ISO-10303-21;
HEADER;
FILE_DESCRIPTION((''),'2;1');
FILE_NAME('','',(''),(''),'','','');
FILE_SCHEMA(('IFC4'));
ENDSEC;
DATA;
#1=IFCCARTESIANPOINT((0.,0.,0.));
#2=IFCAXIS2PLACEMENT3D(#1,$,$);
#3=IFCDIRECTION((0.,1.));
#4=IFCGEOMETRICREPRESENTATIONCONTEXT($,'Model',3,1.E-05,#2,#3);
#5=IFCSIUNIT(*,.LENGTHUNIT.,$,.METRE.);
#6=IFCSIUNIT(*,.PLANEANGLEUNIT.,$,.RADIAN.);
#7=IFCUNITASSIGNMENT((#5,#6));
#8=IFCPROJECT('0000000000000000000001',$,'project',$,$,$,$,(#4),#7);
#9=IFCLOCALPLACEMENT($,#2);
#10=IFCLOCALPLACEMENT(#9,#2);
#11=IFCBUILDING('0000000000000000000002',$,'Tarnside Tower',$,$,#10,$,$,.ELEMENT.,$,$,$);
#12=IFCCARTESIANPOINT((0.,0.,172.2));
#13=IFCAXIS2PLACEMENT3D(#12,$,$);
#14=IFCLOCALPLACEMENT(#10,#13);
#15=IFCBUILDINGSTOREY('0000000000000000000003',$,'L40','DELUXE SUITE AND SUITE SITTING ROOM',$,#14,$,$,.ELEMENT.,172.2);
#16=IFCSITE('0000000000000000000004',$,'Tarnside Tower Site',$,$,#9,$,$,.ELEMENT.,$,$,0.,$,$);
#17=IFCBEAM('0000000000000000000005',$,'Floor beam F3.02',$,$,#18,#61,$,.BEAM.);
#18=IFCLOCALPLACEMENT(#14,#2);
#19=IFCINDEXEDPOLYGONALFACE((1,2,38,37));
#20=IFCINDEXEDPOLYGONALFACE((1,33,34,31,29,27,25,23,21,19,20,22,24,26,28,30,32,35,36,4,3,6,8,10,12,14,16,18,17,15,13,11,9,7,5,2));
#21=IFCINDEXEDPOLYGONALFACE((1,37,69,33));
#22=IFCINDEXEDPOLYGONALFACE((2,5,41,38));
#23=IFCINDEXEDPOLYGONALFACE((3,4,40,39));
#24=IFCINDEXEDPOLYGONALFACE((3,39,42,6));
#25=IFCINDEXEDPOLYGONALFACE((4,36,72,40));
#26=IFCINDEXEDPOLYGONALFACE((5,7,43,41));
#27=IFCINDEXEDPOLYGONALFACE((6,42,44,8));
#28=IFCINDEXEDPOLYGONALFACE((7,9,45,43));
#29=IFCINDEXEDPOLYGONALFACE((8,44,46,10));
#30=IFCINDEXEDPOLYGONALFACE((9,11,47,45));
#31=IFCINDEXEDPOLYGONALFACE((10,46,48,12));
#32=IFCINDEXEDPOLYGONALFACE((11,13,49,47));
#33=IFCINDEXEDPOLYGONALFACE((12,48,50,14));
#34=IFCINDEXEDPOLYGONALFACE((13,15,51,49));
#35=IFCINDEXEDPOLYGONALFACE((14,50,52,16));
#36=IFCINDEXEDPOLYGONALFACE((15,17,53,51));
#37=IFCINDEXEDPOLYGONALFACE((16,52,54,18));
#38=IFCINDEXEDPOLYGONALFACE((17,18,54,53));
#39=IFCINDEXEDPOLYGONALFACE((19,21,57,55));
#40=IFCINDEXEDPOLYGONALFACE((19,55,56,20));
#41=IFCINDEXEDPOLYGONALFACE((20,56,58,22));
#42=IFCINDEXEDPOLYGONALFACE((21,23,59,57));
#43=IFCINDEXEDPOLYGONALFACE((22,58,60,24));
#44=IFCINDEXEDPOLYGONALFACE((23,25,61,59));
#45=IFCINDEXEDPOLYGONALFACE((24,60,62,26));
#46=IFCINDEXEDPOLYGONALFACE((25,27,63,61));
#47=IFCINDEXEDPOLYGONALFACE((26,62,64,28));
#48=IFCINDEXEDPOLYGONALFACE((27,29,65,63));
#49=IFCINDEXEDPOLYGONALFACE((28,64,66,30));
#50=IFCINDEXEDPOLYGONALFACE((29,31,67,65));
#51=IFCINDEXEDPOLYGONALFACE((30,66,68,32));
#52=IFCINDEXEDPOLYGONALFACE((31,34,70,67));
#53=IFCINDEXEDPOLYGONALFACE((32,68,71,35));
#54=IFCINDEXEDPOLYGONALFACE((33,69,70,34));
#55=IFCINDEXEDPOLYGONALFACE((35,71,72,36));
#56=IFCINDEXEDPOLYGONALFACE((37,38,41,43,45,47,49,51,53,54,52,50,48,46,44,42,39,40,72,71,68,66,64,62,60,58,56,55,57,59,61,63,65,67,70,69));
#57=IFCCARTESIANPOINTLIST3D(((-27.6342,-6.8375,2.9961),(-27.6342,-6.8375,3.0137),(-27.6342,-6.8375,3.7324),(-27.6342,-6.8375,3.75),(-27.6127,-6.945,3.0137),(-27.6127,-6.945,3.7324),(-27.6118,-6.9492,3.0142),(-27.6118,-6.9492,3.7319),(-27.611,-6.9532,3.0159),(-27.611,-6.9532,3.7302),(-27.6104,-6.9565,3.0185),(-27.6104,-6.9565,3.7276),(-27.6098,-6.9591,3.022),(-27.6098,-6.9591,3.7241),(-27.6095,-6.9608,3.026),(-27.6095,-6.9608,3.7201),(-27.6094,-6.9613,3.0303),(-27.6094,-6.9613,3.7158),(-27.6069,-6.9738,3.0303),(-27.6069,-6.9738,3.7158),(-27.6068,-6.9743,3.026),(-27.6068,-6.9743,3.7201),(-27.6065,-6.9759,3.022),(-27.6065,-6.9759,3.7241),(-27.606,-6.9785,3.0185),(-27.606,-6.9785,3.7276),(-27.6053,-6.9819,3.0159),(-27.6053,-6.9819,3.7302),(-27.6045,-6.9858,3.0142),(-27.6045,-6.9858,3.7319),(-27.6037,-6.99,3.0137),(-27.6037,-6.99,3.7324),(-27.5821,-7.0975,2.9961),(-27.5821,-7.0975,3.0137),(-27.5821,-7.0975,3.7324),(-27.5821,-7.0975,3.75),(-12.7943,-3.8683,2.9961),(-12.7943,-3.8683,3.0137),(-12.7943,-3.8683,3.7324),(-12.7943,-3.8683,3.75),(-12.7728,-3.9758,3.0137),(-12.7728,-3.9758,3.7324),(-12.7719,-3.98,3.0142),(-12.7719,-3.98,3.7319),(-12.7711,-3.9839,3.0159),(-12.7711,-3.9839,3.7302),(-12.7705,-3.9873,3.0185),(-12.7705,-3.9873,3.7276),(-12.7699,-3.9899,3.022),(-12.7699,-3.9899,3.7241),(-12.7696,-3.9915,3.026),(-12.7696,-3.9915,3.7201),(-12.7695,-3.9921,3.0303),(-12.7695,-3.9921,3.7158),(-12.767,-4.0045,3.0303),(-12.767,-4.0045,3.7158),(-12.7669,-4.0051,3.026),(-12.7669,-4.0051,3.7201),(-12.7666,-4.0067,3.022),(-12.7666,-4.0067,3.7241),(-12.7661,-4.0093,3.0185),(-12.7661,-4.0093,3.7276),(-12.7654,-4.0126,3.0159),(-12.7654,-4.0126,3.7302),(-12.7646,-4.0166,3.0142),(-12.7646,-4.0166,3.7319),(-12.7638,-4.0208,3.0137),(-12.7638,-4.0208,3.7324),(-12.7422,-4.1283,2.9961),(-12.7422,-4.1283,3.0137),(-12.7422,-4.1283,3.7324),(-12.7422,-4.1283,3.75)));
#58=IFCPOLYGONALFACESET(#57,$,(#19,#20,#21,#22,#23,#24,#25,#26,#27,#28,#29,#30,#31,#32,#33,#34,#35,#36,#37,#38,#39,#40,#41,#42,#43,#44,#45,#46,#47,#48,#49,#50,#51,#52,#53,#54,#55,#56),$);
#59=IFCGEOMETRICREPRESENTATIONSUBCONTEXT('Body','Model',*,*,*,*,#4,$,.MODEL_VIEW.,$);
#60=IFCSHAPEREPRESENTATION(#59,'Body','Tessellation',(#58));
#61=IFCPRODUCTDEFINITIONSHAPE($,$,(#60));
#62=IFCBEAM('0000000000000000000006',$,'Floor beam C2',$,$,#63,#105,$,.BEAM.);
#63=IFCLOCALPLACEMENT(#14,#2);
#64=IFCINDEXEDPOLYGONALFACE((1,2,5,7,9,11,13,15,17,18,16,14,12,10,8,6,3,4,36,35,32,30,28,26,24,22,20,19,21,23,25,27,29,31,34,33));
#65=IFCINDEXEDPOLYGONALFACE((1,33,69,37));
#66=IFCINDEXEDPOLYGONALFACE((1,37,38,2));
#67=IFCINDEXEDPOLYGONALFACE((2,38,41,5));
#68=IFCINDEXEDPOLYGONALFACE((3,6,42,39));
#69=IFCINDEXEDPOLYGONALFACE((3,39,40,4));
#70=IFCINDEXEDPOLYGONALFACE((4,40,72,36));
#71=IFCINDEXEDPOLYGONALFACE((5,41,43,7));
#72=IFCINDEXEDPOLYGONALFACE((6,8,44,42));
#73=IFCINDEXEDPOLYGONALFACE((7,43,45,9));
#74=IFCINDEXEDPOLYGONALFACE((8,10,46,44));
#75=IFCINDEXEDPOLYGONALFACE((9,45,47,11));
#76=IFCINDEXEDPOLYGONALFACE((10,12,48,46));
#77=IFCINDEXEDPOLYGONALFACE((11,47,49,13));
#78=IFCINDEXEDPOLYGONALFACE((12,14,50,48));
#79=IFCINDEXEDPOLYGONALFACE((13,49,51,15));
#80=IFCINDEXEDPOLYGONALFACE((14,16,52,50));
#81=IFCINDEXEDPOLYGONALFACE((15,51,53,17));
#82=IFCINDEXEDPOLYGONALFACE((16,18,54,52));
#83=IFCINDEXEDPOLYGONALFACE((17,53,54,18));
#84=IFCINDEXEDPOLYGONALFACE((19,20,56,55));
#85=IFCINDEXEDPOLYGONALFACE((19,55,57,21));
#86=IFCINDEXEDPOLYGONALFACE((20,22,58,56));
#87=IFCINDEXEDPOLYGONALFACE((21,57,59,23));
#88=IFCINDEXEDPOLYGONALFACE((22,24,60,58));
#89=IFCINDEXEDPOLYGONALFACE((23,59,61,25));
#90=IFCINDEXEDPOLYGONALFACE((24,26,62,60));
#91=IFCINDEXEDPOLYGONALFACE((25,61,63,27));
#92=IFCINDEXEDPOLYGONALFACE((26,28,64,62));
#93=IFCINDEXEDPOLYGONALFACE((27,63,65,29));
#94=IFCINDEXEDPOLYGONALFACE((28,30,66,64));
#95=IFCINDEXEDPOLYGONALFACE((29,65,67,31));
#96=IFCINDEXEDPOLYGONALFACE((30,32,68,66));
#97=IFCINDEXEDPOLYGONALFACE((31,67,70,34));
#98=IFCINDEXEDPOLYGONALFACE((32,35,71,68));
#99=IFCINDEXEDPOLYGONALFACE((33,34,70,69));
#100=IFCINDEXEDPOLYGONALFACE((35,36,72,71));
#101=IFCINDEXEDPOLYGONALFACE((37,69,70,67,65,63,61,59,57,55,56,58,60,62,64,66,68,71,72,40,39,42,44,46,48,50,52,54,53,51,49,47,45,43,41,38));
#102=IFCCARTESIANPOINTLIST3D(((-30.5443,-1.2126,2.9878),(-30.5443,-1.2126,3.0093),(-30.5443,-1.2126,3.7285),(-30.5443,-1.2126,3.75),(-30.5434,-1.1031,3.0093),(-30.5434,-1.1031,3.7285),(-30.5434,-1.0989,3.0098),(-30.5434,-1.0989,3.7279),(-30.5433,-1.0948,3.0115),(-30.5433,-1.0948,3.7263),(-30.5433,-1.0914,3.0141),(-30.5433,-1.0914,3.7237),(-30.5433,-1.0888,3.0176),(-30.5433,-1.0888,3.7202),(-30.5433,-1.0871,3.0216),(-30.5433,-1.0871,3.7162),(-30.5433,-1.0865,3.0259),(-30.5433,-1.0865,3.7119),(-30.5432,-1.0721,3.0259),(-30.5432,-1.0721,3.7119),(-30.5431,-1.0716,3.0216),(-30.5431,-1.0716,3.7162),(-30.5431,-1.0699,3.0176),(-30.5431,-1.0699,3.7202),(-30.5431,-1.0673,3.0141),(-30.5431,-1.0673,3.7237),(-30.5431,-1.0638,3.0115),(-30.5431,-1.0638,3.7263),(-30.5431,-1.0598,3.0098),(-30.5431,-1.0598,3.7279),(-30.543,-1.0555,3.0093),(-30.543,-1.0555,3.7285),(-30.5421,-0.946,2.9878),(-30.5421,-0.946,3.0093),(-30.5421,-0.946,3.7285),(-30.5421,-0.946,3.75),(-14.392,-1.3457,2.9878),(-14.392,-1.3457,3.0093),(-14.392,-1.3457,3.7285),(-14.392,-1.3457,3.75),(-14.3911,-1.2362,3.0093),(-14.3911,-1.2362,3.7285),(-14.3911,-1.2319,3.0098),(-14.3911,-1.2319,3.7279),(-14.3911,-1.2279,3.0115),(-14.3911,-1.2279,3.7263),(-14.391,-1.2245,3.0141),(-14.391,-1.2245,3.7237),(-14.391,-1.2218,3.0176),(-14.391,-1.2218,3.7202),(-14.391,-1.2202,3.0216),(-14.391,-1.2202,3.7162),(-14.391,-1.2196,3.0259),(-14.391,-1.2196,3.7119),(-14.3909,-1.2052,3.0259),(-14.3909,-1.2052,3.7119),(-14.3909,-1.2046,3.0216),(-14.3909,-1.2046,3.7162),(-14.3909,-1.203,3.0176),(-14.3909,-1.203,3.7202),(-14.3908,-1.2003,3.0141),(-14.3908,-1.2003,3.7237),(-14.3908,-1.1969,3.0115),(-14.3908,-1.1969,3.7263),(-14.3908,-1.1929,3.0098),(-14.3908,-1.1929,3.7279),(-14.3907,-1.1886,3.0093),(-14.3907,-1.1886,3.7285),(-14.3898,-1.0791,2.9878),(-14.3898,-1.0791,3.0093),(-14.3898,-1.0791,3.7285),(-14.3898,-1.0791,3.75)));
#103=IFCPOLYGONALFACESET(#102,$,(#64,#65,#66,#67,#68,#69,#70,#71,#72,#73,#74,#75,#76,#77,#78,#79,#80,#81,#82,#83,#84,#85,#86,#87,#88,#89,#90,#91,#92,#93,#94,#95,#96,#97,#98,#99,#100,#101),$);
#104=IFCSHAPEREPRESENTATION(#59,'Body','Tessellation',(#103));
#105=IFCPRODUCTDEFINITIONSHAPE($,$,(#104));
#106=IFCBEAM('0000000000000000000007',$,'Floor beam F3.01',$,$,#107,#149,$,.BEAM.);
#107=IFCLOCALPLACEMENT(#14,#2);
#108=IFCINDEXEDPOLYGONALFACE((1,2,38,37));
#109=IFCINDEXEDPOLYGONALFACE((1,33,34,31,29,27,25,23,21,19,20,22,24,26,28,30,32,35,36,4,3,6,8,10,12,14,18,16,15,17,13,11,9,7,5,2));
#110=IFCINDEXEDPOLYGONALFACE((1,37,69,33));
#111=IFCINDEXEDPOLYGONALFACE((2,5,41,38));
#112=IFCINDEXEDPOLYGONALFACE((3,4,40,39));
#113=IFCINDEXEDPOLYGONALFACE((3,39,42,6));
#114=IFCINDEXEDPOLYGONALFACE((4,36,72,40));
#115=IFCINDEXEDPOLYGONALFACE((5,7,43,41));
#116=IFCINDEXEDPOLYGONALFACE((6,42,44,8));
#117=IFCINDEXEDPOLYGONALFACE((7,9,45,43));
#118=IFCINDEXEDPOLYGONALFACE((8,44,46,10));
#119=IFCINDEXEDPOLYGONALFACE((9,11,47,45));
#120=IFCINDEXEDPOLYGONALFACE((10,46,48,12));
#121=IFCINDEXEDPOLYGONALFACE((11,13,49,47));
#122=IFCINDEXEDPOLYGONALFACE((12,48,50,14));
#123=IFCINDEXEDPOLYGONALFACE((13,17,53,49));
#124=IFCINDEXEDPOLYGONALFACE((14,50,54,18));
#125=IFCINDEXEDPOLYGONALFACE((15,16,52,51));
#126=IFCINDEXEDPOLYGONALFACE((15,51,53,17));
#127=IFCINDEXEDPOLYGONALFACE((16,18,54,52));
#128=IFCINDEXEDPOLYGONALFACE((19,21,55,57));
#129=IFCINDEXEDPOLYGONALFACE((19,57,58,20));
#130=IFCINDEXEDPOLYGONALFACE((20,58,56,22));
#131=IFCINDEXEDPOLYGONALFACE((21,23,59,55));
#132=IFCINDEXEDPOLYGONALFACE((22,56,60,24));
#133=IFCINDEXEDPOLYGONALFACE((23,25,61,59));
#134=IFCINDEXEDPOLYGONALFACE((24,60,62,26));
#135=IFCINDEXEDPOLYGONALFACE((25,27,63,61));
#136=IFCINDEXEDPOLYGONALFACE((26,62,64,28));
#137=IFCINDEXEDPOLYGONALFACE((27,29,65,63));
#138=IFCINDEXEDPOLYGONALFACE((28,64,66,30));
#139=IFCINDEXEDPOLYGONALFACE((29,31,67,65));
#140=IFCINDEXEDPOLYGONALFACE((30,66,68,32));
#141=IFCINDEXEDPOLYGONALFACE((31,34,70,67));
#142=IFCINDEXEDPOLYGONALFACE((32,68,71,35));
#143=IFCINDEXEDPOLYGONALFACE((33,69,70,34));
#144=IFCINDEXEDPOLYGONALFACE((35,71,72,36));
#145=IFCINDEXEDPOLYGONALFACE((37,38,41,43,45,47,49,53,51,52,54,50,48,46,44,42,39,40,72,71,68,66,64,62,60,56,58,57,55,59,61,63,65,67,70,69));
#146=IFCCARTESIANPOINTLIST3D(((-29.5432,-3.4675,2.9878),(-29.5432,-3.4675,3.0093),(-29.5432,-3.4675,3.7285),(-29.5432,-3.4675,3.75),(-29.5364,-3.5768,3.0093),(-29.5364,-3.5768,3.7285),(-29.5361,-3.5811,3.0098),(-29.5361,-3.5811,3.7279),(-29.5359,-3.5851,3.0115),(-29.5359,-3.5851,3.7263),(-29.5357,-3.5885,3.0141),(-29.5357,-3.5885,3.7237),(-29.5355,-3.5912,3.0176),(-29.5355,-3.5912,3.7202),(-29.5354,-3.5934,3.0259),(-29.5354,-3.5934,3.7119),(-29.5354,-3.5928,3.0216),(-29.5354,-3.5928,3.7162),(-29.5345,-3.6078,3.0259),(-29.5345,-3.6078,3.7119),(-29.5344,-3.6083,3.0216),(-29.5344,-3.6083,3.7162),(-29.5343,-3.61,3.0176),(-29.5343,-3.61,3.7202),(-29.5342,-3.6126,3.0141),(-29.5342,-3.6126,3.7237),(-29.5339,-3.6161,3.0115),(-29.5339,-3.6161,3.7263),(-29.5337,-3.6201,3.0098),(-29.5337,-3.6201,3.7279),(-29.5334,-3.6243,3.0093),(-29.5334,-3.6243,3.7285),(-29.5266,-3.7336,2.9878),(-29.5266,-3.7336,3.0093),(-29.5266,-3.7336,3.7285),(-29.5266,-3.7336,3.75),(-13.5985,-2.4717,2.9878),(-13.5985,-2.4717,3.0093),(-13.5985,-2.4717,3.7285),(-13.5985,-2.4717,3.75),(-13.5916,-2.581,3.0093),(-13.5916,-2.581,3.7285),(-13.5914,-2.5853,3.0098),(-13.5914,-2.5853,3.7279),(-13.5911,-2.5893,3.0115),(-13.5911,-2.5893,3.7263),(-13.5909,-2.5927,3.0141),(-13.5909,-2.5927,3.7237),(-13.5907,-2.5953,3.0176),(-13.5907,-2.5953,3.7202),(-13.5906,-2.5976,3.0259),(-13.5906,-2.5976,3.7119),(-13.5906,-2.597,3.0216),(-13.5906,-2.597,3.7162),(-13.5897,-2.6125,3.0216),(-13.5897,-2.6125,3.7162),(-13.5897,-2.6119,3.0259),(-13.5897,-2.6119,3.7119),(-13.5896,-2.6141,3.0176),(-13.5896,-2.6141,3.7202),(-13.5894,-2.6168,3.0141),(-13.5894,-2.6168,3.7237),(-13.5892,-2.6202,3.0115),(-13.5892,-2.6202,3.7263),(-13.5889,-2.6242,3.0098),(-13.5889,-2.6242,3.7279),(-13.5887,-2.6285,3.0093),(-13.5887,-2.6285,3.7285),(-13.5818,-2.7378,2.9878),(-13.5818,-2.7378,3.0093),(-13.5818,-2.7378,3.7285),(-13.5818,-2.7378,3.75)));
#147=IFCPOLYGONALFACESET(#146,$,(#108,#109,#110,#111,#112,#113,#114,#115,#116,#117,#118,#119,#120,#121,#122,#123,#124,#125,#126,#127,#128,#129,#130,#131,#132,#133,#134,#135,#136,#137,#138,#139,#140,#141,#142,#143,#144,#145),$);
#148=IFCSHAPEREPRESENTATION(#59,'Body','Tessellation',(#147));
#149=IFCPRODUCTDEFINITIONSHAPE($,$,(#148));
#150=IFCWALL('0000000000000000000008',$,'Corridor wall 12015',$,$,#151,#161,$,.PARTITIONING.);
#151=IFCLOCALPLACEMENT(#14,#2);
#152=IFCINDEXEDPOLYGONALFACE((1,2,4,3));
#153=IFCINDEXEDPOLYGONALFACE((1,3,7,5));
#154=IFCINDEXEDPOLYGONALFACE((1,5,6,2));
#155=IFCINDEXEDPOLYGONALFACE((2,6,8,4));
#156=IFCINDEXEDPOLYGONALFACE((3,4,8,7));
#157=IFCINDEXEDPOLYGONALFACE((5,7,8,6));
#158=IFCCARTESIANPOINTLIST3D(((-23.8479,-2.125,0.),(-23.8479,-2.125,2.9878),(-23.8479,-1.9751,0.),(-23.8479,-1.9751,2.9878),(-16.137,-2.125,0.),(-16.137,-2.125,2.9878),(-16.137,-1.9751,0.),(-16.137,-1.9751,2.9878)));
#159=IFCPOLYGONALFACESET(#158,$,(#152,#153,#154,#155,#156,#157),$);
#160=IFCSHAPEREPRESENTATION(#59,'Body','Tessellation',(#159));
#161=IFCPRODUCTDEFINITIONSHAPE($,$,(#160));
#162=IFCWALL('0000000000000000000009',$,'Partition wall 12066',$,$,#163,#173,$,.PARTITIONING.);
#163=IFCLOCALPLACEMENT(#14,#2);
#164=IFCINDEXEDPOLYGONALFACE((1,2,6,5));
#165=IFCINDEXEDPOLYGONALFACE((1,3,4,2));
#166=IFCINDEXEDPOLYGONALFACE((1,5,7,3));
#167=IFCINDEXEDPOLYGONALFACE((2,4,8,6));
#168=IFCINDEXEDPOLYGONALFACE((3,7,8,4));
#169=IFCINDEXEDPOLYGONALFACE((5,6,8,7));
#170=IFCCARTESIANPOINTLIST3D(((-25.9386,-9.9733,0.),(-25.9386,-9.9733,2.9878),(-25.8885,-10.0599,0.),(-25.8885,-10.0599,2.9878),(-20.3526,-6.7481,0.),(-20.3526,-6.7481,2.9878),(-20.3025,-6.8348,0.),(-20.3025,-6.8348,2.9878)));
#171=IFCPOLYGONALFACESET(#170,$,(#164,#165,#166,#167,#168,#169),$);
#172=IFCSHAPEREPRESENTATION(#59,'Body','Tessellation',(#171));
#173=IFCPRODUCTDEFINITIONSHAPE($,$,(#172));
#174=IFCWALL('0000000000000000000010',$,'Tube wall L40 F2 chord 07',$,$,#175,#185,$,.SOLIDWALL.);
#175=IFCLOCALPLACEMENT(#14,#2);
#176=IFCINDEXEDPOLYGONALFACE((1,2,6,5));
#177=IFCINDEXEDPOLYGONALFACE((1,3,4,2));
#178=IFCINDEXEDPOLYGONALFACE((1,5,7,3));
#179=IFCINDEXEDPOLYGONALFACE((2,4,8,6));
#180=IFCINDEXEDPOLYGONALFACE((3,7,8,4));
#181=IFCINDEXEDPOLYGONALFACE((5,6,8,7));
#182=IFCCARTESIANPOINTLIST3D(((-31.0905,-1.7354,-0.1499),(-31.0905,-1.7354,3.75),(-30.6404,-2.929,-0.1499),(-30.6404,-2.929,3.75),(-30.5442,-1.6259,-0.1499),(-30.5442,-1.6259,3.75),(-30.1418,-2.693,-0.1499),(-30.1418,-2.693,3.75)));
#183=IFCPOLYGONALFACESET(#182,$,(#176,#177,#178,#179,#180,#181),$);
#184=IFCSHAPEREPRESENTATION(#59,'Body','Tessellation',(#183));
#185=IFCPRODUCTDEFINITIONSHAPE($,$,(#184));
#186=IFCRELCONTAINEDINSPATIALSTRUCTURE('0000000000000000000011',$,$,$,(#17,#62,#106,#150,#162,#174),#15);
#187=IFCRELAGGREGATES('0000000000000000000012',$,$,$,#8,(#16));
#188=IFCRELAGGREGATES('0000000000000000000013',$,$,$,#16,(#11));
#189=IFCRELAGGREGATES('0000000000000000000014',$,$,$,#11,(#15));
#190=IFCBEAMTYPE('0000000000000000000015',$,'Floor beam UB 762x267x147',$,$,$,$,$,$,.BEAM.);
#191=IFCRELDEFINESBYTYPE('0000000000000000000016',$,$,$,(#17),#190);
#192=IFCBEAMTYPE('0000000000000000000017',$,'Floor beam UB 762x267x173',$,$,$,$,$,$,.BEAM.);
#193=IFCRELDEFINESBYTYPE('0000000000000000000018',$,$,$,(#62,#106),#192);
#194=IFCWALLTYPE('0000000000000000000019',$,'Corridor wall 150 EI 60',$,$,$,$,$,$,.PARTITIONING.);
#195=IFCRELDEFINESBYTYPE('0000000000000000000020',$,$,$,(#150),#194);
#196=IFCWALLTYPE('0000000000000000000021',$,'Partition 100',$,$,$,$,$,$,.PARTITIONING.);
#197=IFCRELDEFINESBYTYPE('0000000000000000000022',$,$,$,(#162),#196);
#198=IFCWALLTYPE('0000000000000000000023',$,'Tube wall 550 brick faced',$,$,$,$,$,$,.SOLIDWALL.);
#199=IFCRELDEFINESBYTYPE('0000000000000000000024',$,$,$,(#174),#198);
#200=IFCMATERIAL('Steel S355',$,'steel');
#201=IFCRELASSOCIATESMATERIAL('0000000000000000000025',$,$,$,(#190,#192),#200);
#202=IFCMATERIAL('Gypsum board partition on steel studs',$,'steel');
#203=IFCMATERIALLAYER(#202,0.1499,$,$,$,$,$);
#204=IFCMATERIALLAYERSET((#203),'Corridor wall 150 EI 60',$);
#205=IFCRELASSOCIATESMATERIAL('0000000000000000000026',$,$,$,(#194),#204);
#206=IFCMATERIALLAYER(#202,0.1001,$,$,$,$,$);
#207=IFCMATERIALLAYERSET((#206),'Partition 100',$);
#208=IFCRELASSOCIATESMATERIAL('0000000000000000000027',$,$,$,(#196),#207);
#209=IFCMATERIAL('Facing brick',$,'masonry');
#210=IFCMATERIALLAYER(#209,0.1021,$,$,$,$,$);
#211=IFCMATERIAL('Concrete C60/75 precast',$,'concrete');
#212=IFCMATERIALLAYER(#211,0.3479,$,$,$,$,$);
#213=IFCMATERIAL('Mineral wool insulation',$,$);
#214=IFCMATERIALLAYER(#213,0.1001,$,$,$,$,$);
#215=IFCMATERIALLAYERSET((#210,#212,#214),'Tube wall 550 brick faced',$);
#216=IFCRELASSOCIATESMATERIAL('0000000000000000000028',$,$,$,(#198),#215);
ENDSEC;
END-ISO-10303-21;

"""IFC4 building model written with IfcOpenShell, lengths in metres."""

from ifc_helpers import new_model, si_unit, direction, frame, frame_2d, origin, origin_2d, place, context, subcontext, project, spatial, polyline, rectangle, i_section, outline, extrude, material, layer, layer_set, material_profile, profile_set, type_object, element, save


model = new_model("IFC4")

# Units and contexts
model_context = context("Model", 3, precision=1e-05, world=origin(), true_north=direction((0.0, 1.0)))
body_context = subcontext(model_context, "Body", "Model", "MODEL_VIEW")
ifc_project = project(units=[si_unit("LENGTHUNIT", "METRE"), si_unit("PLANEANGLEUNIT", "RADIAN")], contexts=[model_context])

# Site, building, storey
site_placement = place(None, origin())
site = spatial("IfcSite", under=ifc_project, at=site_placement, Name="Tarnside Tower Site", CompositionType="ELEMENT", RefElevation=0.0)
building_placement = place(site_placement, origin())
building = spatial("IfcBuilding", under=site, at=building_placement, Name="Tarnside Tower", CompositionType="ELEMENT")
storey_placement = place(building_placement, frame((0.0, 0.0, 172.2)))
storey = spatial("IfcBuildingStorey", under=building, at=storey_placement, Name="L40", Description="DELUXE SUITE AND SUITE SITTING ROOM", CompositionType="ELEMENT", Elevation=172.2)

# Beams
ifc_material_1 = material(Name="Steel S355", Category="steel")
ifc_material_profile_1 = material_profile(ifc_material_1, i_section(OverallWidth=0.2651, OverallDepth=0.7539, WebThickness=0.0127, FlangeThickness=0.0176, FilletRadius=0.0166, at=origin_2d()), Name="UB 762x267x147")
ifc_profile_set_1 = profile_set([ifc_material_profile_1], Name="Steel S355")
beam_type_1 = type_object("IfcBeamType", Name="Floor beam UB 762x267x147", PredefinedType="BEAM", material=ifc_profile_set_1)
beam_1_placement = place(storey_placement, frame((-27.6082, -6.9675, 3.373), z_axis=(0.980565, 0.196197, 0.0), x_axis=(-0.196197, 0.980565, 0.0)))
element("IfcBeam", 1, at=beam_1_placement, inside=storey, type_object=beam_type_1, Name="Floor beam F3.02", PredefinedType="BEAM", context=body_context, shape_type="SweptSolid", body=[
    extrude(i_section(OverallWidth=0.2651, OverallDepth=0.7539, WebThickness=0.0127, FlangeThickness=0.0176, FilletRadius=0.0166, at=origin_2d()), origin(), (0.0, 0.0, 1.0), 15.134),
])
ifc_material_profile_2 = material_profile(ifc_material_1, i_section(OverallWidth=0.2666, OverallDepth=0.7622, WebThickness=0.0144, FlangeThickness=0.0215, FilletRadius=0.0166, at=origin_2d()), Name="UB 762x267x173")
ifc_profile_set_2 = profile_set([ifc_material_profile_2], Name="Steel S355")
beam_type_2 = type_object("IfcBeamType", Name="Floor beam UB 762x267x173", PredefinedType="BEAM", material=ifc_profile_set_2)
beam_2_placement = place(storey_placement, frame((-30.5432, -1.0793, 3.3689), z_axis=(0.999966, -0.008237, 0.0), x_axis=(0.008237, 0.999966, 0.0)))
element("IfcBeam", 2, at=beam_2_placement, inside=storey, type_object=beam_type_2, Name="Floor beam C2", PredefinedType="BEAM", context=body_context, shape_type="SweptSolid", body=[
    extrude(i_section(OverallWidth=0.2666, OverallDepth=0.7622, WebThickness=0.0144, FlangeThickness=0.0215, FilletRadius=0.0166, at=origin_2d()), origin(), (0.0, 0.0, 1.0), 16.1528),
])
beam_3_placement = place(storey_placement, frame((-29.5349, -3.6006, 3.3689), z_axis=(0.998055, 0.062335, 0.0), x_axis=(-0.062335, 0.998055, 0.0)))
element("IfcBeam", 3, at=beam_3_placement, inside=storey, type_object=beam_type_2, Name="Floor beam F3.01", PredefinedType="BEAM", context=body_context, shape_type="SweptSolid", body=[
    extrude(i_section(OverallWidth=0.2666, OverallDepth=0.7622, WebThickness=0.0144, FlangeThickness=0.0215, FilletRadius=0.0166, at=origin_2d()), origin(), (0.0, 0.0, 1.0), 15.9758),
])

# Walls
ifc_material_2 = material(Name="Gypsum board partition on steel studs", Category="steel")
ifc_layer_1 = layer(ifc_material_2, 0.1499)
ifc_layer_set_1 = layer_set([ifc_layer_1], Name="Corridor wall 150 EI 60")
wall_type_1 = type_object("IfcWallType", Name="Corridor wall 150 EI 60", PredefinedType="PARTITIONING", material=ifc_layer_set_1)
wall_1_placement = place(storey_placement, frame((-23.8479, -2.05, 0.0), z_axis=(0.0, 0.0, 1.0), x_axis=(1.0, 0.0, 0.0)))
element("IfcWall", 4, at=wall_1_placement, inside=storey, type_object=wall_type_1, Name="Corridor wall 12015", PredefinedType="PARTITIONING", context=body_context, shape_type="SweptSolid", body=[
    extrude(rectangle(XDim=7.7109, YDim=0.1499, at=frame_2d((3.8555, 0.0))), origin(), (0.0, 0.0, 1.0), 2.9878),
])
ifc_layer_2 = layer(ifc_material_2, 0.1001)
ifc_layer_set_2 = layer_set([ifc_layer_2], Name="Partition 100")
wall_type_2 = type_object("IfcWallType", Name="Partition 100", PredefinedType="PARTITIONING", material=ifc_layer_set_2)
wall_2_placement = place(storey_placement, frame((-25.9136, -10.0166, 0.0), z_axis=(0.0, 0.0, 1.0), x_axis=(0.866022, 0.500006, 0.0)))
element("IfcWall", 5, at=wall_2_placement, inside=storey, type_object=wall_type_2, Name="Partition wall 12066", PredefinedType="PARTITIONING", context=body_context, shape_type="SweptSolid", body=[
    extrude(rectangle(XDim=6.4502, YDim=0.1001, at=frame_2d((3.2251, 0.0))), origin(), (0.0, 0.0, 1.0), 2.9878),
])
ifc_material_3 = material(Name="Facing brick", Category="masonry")
ifc_layer_3 = layer(ifc_material_3, 0.1021)
ifc_material_4 = material(Name="Concrete C60/75 precast", Category="concrete")
ifc_layer_4 = layer(ifc_material_4, 0.3479)
ifc_material_5 = material(Name="Mineral wool insulation")
ifc_layer_5 = layer(ifc_material_5, 0.1001)
ifc_layer_set_3 = layer_set([ifc_layer_3, ifc_layer_4, ifc_layer_5], Name="Tube wall 550 brick faced")
wall_type_3 = type_object("IfcWallType", Name="Tube wall 550 brick faced", PredefinedType="SOLIDWALL", material=ifc_layer_set_3)
wall_3_placement = place(storey_placement, frame((-30.8174, -1.6807, -0.1499), z_axis=(0.0, 0.0, 1.0), x_axis=(0.35285, -0.93568, 0.0)))
element("IfcWall", 6, at=wall_3_placement, inside=storey, type_object=wall_type_3, Name="Tube wall L40 F2 chord 07", PredefinedType="SOLIDWALL", context=body_context, shape_type="SweptSolid", body=[
    extrude(outline(polyline([(-0.0452, -0.2749), (1.2305, -0.2749), (1.1855, 0.2749), (0.0452, 0.2749), (-0.0452, -0.2749)])), origin(), (0.0, 0.0, 1.0), 3.8999),
])

save(model, "model.ifc")
